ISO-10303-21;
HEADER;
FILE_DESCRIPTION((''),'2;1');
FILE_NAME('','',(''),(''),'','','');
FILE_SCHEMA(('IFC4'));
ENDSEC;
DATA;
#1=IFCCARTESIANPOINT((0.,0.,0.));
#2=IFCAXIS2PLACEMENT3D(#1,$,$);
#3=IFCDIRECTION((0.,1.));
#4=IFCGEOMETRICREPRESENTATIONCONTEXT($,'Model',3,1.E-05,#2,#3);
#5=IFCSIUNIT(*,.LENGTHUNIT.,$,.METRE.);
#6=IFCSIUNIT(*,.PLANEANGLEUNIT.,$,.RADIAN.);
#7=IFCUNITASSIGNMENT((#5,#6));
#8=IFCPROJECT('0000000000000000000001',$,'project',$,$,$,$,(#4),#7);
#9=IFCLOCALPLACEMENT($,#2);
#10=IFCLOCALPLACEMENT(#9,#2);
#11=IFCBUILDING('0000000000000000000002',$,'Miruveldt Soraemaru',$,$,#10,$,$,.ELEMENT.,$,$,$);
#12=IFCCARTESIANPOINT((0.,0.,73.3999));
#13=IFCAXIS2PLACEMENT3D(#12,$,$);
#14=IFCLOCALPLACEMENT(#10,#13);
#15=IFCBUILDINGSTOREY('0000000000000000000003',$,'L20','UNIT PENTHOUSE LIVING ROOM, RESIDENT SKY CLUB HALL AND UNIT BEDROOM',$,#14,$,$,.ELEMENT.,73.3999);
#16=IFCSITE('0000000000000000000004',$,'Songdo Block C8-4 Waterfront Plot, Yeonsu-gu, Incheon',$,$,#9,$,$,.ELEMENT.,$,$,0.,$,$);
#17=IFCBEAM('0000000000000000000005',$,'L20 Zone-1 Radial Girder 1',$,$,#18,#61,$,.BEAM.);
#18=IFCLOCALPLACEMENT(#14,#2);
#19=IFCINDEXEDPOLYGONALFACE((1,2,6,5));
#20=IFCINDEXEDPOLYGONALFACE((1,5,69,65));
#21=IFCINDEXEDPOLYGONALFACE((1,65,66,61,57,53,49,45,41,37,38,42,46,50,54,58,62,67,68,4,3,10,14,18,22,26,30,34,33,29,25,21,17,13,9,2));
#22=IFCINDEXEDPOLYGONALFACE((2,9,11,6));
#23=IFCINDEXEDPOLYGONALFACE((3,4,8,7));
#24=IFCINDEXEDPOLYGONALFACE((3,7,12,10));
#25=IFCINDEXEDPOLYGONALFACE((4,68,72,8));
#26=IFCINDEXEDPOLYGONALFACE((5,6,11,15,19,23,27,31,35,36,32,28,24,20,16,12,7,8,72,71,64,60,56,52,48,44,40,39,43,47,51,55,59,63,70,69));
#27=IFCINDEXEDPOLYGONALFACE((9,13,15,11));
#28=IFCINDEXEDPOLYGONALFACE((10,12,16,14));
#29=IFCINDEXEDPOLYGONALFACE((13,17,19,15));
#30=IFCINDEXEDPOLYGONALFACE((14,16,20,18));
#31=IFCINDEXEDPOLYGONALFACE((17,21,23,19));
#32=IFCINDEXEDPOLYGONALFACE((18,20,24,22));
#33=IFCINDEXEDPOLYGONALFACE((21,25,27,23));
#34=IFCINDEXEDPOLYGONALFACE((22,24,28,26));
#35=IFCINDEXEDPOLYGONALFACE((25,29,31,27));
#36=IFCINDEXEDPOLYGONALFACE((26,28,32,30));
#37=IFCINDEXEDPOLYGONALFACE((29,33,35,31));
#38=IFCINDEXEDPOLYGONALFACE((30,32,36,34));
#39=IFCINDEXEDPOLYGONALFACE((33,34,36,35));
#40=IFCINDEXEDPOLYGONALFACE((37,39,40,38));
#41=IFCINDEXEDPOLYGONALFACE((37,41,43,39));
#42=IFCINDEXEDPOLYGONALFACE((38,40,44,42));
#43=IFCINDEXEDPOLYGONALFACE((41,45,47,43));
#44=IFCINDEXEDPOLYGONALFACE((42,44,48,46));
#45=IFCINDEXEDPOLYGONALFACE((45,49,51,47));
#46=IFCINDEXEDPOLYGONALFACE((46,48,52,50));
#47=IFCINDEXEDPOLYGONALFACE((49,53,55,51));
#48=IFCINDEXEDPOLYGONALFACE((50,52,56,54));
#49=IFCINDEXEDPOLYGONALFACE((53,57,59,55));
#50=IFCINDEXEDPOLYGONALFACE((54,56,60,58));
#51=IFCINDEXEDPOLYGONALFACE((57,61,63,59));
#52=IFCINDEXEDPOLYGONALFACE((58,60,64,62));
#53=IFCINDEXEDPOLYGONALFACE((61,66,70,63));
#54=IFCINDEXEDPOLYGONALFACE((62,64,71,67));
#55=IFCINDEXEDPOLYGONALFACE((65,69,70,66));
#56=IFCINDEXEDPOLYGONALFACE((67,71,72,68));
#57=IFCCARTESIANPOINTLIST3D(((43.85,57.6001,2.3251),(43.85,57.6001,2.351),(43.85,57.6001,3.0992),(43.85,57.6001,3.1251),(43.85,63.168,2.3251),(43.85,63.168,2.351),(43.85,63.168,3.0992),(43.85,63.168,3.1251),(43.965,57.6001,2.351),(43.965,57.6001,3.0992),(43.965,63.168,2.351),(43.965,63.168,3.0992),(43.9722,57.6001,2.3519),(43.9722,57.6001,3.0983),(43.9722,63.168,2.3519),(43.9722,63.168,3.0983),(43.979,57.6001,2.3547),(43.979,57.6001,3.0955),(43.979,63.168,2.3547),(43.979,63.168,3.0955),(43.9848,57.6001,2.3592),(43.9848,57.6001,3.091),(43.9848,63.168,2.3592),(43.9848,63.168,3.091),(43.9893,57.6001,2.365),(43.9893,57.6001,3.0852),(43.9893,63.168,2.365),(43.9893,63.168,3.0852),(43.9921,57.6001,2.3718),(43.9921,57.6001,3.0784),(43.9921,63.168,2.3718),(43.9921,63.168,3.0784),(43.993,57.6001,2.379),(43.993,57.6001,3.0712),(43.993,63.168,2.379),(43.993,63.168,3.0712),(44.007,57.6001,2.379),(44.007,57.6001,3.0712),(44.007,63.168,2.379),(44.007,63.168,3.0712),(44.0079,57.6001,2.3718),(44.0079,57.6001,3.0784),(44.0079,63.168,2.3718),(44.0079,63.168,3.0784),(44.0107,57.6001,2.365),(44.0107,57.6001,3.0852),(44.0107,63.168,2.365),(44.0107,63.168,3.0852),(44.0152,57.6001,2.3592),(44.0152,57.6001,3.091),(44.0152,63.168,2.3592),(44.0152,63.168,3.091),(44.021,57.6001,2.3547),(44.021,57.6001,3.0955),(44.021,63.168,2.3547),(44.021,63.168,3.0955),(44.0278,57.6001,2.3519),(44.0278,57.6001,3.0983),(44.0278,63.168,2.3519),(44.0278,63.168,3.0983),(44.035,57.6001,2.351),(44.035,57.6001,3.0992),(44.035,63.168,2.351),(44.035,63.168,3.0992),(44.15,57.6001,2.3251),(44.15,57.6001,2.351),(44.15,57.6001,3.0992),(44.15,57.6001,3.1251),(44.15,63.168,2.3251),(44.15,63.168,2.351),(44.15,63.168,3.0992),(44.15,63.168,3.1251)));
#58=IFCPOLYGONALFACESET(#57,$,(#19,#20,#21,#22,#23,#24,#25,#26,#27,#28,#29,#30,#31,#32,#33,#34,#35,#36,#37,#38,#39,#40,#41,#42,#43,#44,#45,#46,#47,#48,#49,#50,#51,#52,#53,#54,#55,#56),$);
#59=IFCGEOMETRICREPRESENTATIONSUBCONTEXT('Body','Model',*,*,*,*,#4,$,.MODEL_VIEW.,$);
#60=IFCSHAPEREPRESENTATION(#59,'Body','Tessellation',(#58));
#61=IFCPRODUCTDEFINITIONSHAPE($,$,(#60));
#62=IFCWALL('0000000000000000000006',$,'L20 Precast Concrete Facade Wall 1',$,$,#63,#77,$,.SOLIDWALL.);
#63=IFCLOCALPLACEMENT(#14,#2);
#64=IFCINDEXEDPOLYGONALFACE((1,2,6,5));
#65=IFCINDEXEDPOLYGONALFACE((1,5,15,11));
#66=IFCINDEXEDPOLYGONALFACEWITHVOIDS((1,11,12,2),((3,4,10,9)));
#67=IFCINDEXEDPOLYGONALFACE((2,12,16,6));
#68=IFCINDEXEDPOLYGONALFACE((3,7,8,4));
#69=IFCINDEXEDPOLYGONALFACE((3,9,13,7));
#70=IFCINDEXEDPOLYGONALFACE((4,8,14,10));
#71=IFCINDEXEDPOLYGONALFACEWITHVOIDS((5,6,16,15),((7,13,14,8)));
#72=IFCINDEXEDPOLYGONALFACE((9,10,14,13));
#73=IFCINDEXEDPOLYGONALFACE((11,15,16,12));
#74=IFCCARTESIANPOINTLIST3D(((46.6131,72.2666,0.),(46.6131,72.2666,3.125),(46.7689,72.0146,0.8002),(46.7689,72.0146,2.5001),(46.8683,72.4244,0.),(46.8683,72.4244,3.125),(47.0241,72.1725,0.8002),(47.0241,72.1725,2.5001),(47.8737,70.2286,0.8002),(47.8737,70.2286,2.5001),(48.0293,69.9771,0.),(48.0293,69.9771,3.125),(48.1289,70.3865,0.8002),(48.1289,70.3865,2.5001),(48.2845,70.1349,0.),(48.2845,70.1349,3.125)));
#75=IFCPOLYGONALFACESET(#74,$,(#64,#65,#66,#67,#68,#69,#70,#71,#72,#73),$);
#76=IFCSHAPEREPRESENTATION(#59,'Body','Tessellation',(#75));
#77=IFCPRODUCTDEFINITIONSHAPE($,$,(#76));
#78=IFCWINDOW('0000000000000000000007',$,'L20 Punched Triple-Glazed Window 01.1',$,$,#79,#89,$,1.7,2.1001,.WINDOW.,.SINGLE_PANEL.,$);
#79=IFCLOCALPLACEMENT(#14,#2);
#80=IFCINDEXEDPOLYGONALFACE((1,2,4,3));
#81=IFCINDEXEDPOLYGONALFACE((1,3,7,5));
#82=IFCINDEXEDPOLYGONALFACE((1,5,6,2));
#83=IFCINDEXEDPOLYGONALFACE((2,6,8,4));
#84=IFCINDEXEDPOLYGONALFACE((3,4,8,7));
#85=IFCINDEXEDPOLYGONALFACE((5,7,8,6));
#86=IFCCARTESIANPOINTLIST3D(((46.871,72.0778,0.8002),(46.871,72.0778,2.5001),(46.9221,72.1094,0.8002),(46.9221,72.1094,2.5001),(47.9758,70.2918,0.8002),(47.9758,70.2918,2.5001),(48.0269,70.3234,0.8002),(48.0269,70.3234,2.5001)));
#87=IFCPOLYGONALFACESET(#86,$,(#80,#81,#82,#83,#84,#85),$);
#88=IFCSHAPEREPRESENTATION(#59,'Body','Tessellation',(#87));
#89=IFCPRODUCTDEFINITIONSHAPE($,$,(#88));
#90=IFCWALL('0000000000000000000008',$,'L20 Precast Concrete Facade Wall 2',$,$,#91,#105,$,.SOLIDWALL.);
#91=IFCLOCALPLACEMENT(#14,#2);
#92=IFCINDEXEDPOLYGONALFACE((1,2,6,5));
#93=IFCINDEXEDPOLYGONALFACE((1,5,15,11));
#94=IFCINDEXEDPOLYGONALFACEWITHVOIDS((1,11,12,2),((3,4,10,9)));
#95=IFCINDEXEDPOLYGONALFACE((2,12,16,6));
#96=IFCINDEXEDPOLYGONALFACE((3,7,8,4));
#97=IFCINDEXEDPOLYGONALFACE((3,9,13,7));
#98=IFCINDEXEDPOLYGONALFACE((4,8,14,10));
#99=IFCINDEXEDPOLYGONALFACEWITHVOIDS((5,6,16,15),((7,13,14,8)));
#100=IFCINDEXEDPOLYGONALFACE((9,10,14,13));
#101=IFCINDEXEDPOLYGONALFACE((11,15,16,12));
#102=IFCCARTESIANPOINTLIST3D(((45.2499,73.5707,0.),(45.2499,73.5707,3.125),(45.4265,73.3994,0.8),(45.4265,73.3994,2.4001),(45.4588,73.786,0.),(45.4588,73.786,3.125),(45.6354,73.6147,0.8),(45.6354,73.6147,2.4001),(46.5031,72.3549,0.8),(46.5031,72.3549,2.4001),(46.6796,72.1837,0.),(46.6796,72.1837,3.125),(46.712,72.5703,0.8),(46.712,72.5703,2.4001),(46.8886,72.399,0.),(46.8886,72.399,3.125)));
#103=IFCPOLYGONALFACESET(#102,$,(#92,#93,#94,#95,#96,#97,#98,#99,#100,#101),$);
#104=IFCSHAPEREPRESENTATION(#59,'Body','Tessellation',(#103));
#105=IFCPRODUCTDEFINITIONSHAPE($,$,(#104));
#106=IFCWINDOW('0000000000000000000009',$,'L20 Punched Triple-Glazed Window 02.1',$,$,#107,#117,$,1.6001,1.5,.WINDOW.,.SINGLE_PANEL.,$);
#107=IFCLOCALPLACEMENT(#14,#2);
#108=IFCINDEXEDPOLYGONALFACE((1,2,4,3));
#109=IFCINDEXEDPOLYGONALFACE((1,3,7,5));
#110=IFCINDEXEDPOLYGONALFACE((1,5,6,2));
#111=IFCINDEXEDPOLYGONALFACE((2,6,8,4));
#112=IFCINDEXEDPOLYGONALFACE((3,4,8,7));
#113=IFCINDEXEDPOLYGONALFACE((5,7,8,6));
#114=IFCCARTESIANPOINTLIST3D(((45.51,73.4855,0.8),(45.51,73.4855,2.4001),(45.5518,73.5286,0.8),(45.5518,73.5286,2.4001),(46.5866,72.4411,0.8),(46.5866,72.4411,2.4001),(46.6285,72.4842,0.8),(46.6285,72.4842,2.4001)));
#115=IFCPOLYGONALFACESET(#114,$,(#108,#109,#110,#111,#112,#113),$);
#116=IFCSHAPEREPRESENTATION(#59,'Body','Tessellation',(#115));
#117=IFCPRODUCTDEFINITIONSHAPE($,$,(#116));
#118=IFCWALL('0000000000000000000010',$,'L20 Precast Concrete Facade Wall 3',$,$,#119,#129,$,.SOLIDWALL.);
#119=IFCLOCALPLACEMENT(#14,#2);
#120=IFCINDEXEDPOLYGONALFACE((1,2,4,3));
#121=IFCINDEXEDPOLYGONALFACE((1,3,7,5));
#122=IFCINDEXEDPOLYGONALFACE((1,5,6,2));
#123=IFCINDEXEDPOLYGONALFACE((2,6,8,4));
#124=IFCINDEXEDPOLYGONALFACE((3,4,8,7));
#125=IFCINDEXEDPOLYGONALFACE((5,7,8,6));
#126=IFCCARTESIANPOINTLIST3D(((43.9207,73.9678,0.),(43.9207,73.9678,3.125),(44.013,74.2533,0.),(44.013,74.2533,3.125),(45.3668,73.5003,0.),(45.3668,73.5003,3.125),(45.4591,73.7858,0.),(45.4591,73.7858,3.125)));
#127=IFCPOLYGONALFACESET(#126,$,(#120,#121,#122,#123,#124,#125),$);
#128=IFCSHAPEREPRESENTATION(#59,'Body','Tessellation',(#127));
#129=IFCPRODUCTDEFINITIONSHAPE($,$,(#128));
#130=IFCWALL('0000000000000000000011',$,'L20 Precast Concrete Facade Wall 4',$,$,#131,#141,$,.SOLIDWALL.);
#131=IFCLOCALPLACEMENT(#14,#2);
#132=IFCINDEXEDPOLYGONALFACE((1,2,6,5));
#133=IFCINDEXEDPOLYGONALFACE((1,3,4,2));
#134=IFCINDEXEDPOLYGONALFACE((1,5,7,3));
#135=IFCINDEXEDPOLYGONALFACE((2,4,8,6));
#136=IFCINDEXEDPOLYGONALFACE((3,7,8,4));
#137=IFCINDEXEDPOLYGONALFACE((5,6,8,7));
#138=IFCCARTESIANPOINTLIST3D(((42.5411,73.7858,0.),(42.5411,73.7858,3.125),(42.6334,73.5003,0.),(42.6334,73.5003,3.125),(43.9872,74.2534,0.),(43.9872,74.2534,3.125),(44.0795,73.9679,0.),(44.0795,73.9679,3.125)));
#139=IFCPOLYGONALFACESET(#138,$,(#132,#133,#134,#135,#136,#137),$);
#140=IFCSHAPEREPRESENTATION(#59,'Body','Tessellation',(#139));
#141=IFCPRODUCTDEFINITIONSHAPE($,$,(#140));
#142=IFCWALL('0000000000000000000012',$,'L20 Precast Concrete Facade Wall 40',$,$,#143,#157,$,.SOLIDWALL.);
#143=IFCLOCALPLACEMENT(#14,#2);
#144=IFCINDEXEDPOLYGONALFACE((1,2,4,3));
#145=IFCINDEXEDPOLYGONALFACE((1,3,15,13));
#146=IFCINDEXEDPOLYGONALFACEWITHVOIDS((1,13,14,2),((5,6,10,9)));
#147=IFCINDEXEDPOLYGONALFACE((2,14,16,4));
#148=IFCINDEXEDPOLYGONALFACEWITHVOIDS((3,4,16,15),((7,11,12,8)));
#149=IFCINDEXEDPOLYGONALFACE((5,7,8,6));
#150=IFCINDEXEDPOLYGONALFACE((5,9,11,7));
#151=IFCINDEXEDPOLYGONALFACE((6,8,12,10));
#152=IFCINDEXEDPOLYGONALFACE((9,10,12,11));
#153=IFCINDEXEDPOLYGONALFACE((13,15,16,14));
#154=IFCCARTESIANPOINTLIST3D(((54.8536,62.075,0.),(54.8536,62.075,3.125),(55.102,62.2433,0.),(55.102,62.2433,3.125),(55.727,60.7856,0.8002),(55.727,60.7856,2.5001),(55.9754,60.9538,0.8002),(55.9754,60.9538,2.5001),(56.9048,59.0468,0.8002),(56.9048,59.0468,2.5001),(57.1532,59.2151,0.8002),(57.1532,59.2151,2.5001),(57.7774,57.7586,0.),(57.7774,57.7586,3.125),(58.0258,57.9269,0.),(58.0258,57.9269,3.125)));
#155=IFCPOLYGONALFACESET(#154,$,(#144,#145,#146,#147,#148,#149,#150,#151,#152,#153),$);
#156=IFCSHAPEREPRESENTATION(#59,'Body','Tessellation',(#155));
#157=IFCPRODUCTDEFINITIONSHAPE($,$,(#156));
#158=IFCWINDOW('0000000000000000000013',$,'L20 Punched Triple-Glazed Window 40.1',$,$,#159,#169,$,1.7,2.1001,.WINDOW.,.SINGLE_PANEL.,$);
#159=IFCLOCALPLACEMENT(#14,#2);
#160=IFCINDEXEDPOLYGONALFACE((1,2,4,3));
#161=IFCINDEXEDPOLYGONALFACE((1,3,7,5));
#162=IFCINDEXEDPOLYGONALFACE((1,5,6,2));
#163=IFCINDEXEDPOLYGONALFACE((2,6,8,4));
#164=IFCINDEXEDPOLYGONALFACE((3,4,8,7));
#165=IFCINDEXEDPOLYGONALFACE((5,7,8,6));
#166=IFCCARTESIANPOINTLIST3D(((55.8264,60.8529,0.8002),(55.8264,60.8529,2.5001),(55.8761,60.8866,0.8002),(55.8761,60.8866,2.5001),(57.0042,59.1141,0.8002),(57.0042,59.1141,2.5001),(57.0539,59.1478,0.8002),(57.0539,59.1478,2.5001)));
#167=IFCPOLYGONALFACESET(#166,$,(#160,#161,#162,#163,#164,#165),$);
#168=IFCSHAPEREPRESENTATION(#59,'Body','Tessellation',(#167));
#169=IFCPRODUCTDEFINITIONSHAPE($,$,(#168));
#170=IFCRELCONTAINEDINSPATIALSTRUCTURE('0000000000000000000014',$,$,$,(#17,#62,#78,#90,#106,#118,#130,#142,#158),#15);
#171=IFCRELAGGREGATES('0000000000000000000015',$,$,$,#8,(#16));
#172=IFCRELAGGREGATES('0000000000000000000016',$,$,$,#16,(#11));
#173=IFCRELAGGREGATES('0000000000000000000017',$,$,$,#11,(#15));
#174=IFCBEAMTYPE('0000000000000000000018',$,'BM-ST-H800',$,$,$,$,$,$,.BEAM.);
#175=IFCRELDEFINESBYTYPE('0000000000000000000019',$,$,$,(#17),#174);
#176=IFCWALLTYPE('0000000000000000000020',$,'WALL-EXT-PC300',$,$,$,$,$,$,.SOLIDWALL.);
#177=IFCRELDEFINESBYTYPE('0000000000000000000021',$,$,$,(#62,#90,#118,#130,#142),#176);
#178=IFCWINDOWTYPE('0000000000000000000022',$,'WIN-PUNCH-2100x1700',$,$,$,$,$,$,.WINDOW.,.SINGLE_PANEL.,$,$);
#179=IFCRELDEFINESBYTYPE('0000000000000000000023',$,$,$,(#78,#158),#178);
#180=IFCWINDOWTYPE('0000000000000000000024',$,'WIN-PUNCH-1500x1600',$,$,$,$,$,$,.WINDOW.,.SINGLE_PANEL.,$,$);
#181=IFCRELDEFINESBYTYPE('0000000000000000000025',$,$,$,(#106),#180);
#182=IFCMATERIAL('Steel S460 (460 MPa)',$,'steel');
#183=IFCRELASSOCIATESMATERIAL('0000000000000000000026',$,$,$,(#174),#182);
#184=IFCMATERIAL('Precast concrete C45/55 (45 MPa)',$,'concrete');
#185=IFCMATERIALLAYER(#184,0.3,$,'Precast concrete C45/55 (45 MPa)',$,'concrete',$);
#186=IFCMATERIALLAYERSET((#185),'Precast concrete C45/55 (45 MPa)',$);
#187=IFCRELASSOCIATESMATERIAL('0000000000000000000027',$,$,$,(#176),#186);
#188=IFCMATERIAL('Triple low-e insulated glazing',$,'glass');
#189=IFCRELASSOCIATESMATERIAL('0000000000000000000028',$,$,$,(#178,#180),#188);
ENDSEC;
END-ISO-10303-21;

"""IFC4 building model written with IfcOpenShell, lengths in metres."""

from ifc_helpers import new_model, si_unit, direction, frame, frame_2d, origin, origin_2d, place, context, subcontext, project, spatial, rectangle, i_section, extrude, material, layer, layer_set, material_profile, profile_set, type_object, element, fill, save


model = new_model("IFC4")

# Units and contexts
model_context = context("Model", 3, precision=1e-05, world=origin(), true_north=direction((0.0, 1.0)))
body_context = subcontext(model_context, "Body", "Model", "MODEL_VIEW")
ifc_project = project(units=[si_unit("LENGTHUNIT", "METRE"), si_unit("PLANEANGLEUNIT", "RADIAN")], contexts=[model_context])

# Site, building, storey
site_placement = place(None, origin())
site = spatial("IfcSite", under=ifc_project, at=site_placement, Name="Songdo Block C8-4 Waterfront Plot, Yeonsu-gu, Incheon", CompositionType="ELEMENT", RefElevation=0.0)
building_placement = place(site_placement, origin())
building = spatial("IfcBuilding", under=site, at=building_placement, Name="Miruveldt Soraemaru", CompositionType="ELEMENT")
storey_placement = place(building_placement, frame((0.0, 0.0, 73.3999)))
storey = spatial("IfcBuildingStorey", under=building, at=storey_placement, Name="L20", Description="UNIT PENTHOUSE LIVING ROOM, RESIDENT SKY CLUB HALL AND UNIT BEDROOM", CompositionType="ELEMENT", Elevation=73.3999)

# Beam
ifc_material_1 = material(Name="Steel S460 (460 MPa)", Category="steel")
ifc_material_profile_1 = material_profile(ifc_material_1, i_section(OverallWidth=0.3, OverallDepth=0.8, WebThickness=0.0139, FlangeThickness=0.0259, FilletRadius=0.0281, at=origin_2d()), Name="Steel S460 (460 MPa)", Category="steel")
ifc_profile_set_1 = profile_set([ifc_material_profile_1], Name="Steel S460 (460 MPa)")
beam_type_1 = type_object("IfcBeamType", Name="BM-ST-H800", PredefinedType="BEAM", material=ifc_profile_set_1)
beam_1_placement = place(storey_placement, frame((44.0, 57.6001, 2.7251), z_axis=(0.0, 1.0, 0.0), x_axis=(-1.0, 0.0, 0.0)))
element("IfcBeam", 1, at=beam_1_placement, inside=storey, type_object=beam_type_1, Name="L20 Zone-1 Radial Girder 1", PredefinedType="BEAM", context=body_context, shape_type="SweptSolid", body=[
    extrude(i_section(OverallWidth=0.3, OverallDepth=0.8, WebThickness=0.0139, FlangeThickness=0.0259, FilletRadius=0.0281, at=origin_2d()), origin(), (0.0, 0.0, 1.0), 5.5679),
])

# Walls, openings, windows
ifc_material_2 = material(Name="Precast concrete C45/55 (45 MPa)", Category="concrete")
ifc_layer_1 = layer(ifc_material_2, 0.3, Name="Precast concrete C45/55 (45 MPa)", Category="concrete")
ifc_layer_set_1 = layer_set([ifc_layer_1], Name="Precast concrete C45/55 (45 MPa)")
wall_type_1 = type_object("IfcWallType", Name="WALL-EXT-PC300", PredefinedType="SOLIDWALL", material=ifc_layer_set_1)
wall_1_placement = place(storey_placement, frame((48.157, 70.0559, 0.0), z_axis=(0.0, 0.0, 1.0), x_axis=(-0.526064, 0.850445, 0.0)))
wall_1 = element("IfcWall", 2, at=wall_1_placement, inside=storey, type_object=wall_type_1, Name="L20 Precast Concrete Facade Wall 1", PredefinedType="SOLIDWALL", context=body_context, shape_type="SweptSolid", body=[
    extrude(rectangle(XDim=2.6921, YDim=0.3, at=frame_2d((1.3462, 0.0))), origin(), (0.0, 0.0, 1.0), 3.125),
])
opening_1_placement = place(wall_1_placement, frame((0.2959, 0.0, 0.8)))
opening_1 = element("IfcOpeningElement", 3, at=opening_1_placement, cuts=wall_1, PredefinedType="OPENING", context=body_context, shape_type="SweptSolid", body=[
    extrude(rectangle(XDim=2.1001, YDim=1.7, at=frame_2d((1.05, 0.8501))), frame((0.0, 0.1602, 0.0), z_axis=(0.0, -1.0, 0.0), x_axis=(1.0, 0.0, 0.0)), (0.0, 0.0, 1.0), 0.3201),
])
ifc_material_3 = material(Name="Triple low-e insulated glazing", Category="glass")
window_type_1 = type_object("IfcWindowType", Name="WIN-PUNCH-2100x1700", PartitioningType="SINGLE_PANEL", PredefinedType="WINDOW", material=ifc_material_3)
window_1_placement = place(opening_1_placement, origin())
window_1 = element("IfcWindow", 4, at=window_1_placement, inside=storey, type_object=window_type_1, Name="L20 Punched Triple-Glazed Window 01.1", OverallHeight=1.7, OverallWidth=2.1001, PartitioningType="SINGLE_PANEL", PredefinedType="WINDOW", context=body_context, shape_type="SweptSolid", body=[
    extrude(rectangle(XDim=2.1001, YDim=1.7, at=frame_2d((1.05, 0.8501))), frame((0.0, 0.03, 0.0), z_axis=(0.0, -1.0, 0.0), x_axis=(1.0, 0.0, 0.0)), (0.0, 0.0, 1.0), 0.0601),
])
fill(opening_1, window_1)
wall_2_placement = place(storey_placement, frame((46.7842, 72.2913, 0.0), z_axis=(0.0, 0.0, 1.0), x_axis=(-0.71775, 0.696301, 0.0)))
wall_2 = element("IfcWall", 5, at=wall_2_placement, inside=storey, type_object=wall_type_1, Name="L20 Precast Concrete Facade Wall 2", PredefinedType="SOLIDWALL", context=body_context, shape_type="SweptSolid", body=[
    extrude(rectangle(XDim=1.9919, YDim=0.3, at=frame_2d((0.9961, 0.0))), origin(), (0.0, 0.0, 1.0), 3.125),
])
opening_2_placement = place(wall_2_placement, frame((0.2461, 0.0, 0.8)))
opening_2 = element("IfcOpeningElement", 6, at=opening_2_placement, cuts=wall_2, PredefinedType="OPENING", context=body_context, shape_type="SweptSolid", body=[
    extrude(rectangle(XDim=1.5, YDim=1.6001, at=frame_2d((0.75, 0.8))), frame((0.0, 0.1602, 0.0), z_axis=(0.0, -1.0, 0.0), x_axis=(1.0, 0.0, 0.0)), (0.0, 0.0, 1.0), 0.3201),
])
window_type_2 = type_object("IfcWindowType", Name="WIN-PUNCH-1500x1600", PartitioningType="SINGLE_PANEL", PredefinedType="WINDOW", material=ifc_material_3)
window_2_placement = place(opening_2_placement, origin())
window_2 = element("IfcWindow", 7, at=window_2_placement, inside=storey, type_object=window_type_2, Name="L20 Punched Triple-Glazed Window 02.1", OverallHeight=1.6001, OverallWidth=1.5, PartitioningType="SINGLE_PANEL", PredefinedType="WINDOW", context=body_context, shape_type="SweptSolid", body=[
    extrude(rectangle(XDim=1.5, YDim=1.6001, at=frame_2d((0.75, 0.8))), frame((0.0, 0.03, 0.0), z_axis=(0.0, -1.0, 0.0), x_axis=(1.0, 0.0, 0.0)), (0.0, 0.0, 1.0), 0.0601),
])
fill(opening_2, window_2)

# Walls
for number, where, z_axis, x_axis, name in (
    (8, (45.4128, 73.6431, 0.0), (0.0, 0.0, 1.0), (-0.951504, 0.307636, 0.0), "L20 Precast Concrete Facade Wall 3"),
    (9, (44.0332, 74.1106, 0.0), (0.0, 0.0, 1.0), (-0.951504, -0.307636, 0.0), "L20 Precast Concrete Facade Wall 4"),
):
    element("IfcWall", number, at=place(storey_placement, frame(where, z_axis=z_axis, x_axis=x_axis)), inside=storey, type_object=wall_type_1, Name=name, PredefinedType="SOLIDWALL", context=body_context, shape_type="SweptSolid", body=[
        extrude(rectangle(XDim=1.5198, YDim=0.3, at=frame_2d((0.7598, 0.0))), origin(), (0.0, 0.0, 1.0), 3.125),
    ])

# Wall, opening, window
wall_3_placement = place(storey_placement, frame((57.9016, 57.8428, 0.0), z_axis=(0.0, 0.0, 1.0), x_axis=(-0.560823, 0.827936, 0.0)))
wall_3 = element("IfcWall", 10, at=wall_3_placement, inside=storey, type_object=wall_type_1, Name="L20 Precast Concrete Facade Wall 40", PredefinedType="SOLIDWALL", context=body_context, shape_type="SweptSolid", body=[
    extrude(rectangle(XDim=5.2134, YDim=0.3, at=frame_2d((2.6067, 0.0))), origin(), (0.0, 0.0, 1.0), 3.125),
])
opening_3_placement = place(wall_3_placement, frame((1.5559, 0.0, 0.8)))
opening_3 = element("IfcOpeningElement", 11, at=opening_3_placement, cuts=wall_3, PredefinedType="OPENING", context=body_context, shape_type="SweptSolid", body=[
    extrude(rectangle(XDim=2.1001, YDim=1.7, at=frame_2d((1.05, 0.8501))), frame((0.0, 0.1602, 0.0), z_axis=(0.0, -1.0, 0.0), x_axis=(1.0, 0.0, 0.0)), (0.0, 0.0, 1.0), 0.3201),
])
window_3_placement = place(opening_3_placement, origin())
window_3 = element("IfcWindow", 12, at=window_3_placement, inside=storey, type_object=window_type_1, Name="L20 Punched Triple-Glazed Window 40.1", OverallHeight=1.7, OverallWidth=2.1001, PartitioningType="SINGLE_PANEL", PredefinedType="WINDOW", context=body_context, shape_type="SweptSolid", body=[
    extrude(rectangle(XDim=2.1001, YDim=1.7, at=frame_2d((1.05, 0.8501))), frame((0.0, 0.03, 0.0), z_axis=(0.0, -1.0, 0.0), x_axis=(1.0, 0.0, 0.0)), (0.0, 0.0, 1.0), 0.0601),
])
fill(opening_3, window_3)

save(model, "model.ifc")
